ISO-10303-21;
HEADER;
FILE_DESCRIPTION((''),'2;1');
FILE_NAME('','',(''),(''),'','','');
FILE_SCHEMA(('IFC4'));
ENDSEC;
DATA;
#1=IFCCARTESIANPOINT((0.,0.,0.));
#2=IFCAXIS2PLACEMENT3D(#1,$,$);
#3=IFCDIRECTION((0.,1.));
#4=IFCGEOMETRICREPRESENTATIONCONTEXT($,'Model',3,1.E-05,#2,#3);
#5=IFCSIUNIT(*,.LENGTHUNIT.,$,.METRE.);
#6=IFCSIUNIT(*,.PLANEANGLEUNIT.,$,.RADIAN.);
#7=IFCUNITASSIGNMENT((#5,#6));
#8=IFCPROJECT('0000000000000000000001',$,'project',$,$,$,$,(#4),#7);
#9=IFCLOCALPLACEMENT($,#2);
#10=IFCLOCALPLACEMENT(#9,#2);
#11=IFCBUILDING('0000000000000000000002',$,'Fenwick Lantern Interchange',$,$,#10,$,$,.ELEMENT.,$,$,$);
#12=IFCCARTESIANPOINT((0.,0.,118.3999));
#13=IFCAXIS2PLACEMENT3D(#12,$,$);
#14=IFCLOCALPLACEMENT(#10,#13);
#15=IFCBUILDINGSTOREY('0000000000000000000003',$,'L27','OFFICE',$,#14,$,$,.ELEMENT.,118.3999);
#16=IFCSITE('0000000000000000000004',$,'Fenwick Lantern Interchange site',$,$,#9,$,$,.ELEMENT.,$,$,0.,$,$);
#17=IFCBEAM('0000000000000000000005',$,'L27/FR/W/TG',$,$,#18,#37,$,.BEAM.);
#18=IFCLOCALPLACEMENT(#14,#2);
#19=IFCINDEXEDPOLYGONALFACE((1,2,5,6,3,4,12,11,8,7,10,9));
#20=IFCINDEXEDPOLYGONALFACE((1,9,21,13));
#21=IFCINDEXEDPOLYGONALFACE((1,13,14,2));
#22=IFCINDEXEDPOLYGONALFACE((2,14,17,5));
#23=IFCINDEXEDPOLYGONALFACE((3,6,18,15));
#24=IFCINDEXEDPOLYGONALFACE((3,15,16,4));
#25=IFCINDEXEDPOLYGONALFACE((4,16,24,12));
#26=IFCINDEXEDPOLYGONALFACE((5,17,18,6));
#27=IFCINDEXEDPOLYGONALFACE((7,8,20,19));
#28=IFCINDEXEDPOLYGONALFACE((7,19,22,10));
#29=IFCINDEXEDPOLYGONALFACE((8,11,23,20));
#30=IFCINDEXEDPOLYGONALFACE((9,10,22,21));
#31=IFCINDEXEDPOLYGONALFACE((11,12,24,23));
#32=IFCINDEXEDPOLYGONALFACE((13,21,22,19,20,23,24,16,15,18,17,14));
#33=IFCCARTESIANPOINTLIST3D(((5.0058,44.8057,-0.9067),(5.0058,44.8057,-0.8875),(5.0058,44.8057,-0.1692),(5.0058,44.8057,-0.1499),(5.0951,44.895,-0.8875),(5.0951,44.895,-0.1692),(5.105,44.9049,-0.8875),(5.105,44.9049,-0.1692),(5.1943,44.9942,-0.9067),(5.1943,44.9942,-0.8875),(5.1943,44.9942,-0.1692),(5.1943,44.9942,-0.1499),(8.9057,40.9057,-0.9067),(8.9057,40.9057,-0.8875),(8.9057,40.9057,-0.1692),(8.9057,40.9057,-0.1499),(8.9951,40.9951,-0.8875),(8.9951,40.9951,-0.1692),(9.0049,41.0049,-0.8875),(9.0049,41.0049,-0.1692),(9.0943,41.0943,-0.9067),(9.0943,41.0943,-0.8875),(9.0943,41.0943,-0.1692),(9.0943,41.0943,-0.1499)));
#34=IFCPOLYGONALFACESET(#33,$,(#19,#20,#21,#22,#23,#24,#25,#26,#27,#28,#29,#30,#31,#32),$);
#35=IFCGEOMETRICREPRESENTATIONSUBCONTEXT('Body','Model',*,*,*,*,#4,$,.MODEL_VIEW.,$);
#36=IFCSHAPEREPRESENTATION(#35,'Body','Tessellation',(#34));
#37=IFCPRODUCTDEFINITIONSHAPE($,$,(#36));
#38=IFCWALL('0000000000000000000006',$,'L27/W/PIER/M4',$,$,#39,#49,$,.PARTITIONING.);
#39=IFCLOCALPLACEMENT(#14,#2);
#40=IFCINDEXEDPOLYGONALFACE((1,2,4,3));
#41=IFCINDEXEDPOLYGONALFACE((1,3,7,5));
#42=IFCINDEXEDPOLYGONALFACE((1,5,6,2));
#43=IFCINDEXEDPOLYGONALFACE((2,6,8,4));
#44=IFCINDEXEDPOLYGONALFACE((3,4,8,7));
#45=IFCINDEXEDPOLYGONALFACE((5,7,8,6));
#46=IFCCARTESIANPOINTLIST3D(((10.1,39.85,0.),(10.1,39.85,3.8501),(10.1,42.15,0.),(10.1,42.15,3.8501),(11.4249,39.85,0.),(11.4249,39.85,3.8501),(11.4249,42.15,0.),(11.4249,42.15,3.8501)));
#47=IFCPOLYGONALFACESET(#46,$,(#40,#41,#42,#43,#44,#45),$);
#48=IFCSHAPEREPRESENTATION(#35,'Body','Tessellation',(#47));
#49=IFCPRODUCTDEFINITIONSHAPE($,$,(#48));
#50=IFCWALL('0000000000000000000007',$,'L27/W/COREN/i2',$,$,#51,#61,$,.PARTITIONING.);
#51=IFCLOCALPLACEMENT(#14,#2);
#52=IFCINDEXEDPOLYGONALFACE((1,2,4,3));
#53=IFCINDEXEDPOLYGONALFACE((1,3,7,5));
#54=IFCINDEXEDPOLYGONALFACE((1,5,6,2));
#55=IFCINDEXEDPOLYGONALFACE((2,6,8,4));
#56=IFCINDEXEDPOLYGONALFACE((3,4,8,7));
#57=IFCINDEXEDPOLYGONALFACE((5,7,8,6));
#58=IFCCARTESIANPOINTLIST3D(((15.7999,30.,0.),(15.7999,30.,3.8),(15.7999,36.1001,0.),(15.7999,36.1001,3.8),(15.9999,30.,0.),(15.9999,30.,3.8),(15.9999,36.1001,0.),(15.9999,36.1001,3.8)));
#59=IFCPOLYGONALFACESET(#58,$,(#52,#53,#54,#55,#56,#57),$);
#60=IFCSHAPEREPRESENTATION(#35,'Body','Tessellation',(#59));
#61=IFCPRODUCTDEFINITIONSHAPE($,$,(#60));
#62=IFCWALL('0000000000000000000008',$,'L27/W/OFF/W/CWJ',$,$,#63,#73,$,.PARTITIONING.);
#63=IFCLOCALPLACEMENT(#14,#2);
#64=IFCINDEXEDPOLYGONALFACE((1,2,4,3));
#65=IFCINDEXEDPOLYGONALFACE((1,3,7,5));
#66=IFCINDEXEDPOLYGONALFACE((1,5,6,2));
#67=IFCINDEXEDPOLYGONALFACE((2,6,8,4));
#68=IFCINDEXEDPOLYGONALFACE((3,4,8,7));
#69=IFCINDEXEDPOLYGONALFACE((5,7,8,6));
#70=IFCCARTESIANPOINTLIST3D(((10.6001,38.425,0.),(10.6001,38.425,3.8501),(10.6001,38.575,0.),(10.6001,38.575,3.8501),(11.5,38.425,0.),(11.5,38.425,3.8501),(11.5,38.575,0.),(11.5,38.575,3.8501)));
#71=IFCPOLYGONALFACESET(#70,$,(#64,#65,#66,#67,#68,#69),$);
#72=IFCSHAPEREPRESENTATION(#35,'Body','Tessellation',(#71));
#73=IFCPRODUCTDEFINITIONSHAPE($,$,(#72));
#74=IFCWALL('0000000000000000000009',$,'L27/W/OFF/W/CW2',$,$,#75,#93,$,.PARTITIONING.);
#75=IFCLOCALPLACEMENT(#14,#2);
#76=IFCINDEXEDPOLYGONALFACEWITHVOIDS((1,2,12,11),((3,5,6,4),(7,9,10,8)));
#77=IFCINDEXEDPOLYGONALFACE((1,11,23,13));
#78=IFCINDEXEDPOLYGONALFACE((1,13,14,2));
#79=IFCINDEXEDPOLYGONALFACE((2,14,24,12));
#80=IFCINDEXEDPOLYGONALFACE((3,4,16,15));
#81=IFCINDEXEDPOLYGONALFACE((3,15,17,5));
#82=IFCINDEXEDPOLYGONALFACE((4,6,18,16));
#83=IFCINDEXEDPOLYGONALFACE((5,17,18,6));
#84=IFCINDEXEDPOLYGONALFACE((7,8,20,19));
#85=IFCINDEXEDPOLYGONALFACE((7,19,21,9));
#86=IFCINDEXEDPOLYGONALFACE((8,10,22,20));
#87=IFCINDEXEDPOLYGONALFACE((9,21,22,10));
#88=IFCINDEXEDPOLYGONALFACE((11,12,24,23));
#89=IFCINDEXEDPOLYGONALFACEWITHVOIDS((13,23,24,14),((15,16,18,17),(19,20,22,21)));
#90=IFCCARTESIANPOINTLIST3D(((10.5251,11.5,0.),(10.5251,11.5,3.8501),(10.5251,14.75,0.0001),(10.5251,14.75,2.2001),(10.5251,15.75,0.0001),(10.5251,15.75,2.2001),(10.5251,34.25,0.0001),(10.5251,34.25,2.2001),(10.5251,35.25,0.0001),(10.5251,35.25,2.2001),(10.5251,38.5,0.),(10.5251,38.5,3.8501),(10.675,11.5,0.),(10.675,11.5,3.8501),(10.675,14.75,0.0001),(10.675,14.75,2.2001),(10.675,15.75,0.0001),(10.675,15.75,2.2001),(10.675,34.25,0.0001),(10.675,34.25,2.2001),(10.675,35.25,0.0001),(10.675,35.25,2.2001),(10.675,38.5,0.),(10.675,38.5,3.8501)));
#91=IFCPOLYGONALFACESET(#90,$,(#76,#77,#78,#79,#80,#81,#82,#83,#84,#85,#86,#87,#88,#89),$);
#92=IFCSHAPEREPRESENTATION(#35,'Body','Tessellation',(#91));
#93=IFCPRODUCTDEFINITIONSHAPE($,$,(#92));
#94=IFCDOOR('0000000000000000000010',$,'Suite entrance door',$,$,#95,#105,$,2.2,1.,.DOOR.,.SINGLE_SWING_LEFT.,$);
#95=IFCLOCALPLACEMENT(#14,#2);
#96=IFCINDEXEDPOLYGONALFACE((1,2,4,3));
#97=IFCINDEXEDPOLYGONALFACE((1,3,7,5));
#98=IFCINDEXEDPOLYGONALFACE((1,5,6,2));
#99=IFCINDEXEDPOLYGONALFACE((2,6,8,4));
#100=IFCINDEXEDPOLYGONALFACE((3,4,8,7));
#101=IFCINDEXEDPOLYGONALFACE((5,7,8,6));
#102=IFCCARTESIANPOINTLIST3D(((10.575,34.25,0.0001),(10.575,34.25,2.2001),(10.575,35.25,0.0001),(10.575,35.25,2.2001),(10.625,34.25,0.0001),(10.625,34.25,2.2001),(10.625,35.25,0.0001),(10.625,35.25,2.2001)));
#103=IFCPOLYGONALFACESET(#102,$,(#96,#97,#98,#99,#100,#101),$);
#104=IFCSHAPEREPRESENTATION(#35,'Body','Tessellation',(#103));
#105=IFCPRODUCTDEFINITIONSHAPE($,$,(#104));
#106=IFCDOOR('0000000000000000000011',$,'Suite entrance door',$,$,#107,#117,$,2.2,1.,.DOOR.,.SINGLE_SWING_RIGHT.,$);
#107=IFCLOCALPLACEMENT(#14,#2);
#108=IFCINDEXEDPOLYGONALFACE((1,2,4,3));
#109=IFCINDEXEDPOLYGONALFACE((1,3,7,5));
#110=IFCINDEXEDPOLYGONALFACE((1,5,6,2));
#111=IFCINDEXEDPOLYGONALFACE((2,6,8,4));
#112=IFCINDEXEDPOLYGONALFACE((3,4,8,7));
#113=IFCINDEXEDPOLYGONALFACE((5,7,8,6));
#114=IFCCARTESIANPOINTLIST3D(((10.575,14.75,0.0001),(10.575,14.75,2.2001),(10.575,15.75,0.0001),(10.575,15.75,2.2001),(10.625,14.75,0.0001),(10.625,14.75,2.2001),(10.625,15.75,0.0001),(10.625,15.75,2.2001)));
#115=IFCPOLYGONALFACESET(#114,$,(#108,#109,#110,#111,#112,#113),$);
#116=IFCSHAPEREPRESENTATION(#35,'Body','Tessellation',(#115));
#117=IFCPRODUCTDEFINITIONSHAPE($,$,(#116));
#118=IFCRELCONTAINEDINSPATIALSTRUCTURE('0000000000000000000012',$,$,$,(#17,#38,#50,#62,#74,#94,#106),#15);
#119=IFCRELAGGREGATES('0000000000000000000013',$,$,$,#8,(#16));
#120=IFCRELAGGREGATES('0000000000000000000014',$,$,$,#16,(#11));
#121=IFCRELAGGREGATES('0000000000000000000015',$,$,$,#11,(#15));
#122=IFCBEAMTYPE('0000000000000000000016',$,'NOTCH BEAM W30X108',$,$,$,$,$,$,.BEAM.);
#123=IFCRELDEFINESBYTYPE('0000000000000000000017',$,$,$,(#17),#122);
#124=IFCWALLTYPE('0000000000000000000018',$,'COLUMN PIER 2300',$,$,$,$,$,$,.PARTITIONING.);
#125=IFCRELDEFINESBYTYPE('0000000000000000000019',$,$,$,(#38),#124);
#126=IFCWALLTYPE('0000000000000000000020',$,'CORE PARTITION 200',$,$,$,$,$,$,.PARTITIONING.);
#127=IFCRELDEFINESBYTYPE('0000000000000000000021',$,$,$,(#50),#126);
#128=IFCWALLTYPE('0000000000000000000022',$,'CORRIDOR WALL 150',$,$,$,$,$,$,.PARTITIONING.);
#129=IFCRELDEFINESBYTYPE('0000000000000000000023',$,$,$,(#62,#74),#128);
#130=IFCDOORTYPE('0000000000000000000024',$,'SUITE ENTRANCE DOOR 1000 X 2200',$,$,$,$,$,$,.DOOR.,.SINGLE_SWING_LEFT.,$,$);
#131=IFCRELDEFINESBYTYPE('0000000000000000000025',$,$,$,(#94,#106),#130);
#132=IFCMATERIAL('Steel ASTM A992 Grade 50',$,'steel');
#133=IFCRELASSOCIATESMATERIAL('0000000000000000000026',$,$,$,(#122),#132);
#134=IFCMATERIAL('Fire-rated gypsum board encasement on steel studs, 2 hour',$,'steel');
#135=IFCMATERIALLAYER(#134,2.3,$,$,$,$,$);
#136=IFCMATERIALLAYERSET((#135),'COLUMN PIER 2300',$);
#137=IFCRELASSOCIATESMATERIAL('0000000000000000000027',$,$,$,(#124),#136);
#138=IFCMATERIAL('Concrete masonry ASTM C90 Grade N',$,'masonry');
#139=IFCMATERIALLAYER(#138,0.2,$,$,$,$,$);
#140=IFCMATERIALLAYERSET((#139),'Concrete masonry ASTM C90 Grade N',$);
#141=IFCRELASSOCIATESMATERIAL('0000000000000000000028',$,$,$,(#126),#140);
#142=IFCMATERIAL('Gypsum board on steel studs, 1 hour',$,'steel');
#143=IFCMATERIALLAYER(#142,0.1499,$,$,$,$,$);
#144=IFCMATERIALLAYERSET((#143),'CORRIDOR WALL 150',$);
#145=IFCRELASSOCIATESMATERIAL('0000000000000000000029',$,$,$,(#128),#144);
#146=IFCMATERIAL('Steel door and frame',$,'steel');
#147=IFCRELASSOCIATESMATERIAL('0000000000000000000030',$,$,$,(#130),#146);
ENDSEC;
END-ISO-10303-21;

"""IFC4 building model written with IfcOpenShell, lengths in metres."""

from ifc_helpers import new_model, si_unit, direction, frame, frame_2d, origin, origin_2d, place, context, subcontext, project, spatial, rectangle, i_section, extrude, material, layer, layer_set, material_profile, profile_set, type_object, element, fill, save


model = new_model("IFC4")

# Units and contexts
model_context = context("Model", 3, precision=1e-05, world=origin(), true_north=direction((0.0, 1.0)))
body_context = subcontext(model_context, "Body", "Model", "MODEL_VIEW")
ifc_project = project(units=[si_unit("LENGTHUNIT", "METRE"), si_unit("PLANEANGLEUNIT", "RADIAN")], contexts=[model_context])

# Site, building, storey
site_placement = place(None, origin())
site = spatial("IfcSite", under=ifc_project, at=site_placement, Name="Fenwick Lantern Interchange site", CompositionType="ELEMENT", RefElevation=0.0)
building_placement = place(site_placement, origin())
building = spatial("IfcBuilding", under=site, at=building_placement, Name="Fenwick Lantern Interchange", CompositionType="ELEMENT")
storey_placement = place(building_placement, frame((0.0, 0.0, 118.3999)))
storey = spatial("IfcBuildingStorey", under=building, at=storey_placement, Name="L27", Description="OFFICE", CompositionType="ELEMENT", Elevation=118.3999)

# Beam
ifc_material_1 = material(Name="Steel ASTM A992 Grade 50", Category="steel")
ifc_material_profile_1 = material_profile(ifc_material_1, i_section(OverallWidth=0.2666, OverallDepth=0.7568, WebThickness=0.0139, FlangeThickness=0.0193, at=origin_2d()), Name="W30X108")
ifc_profile_set_1 = profile_set([ifc_material_profile_1], Name="Steel ASTM A992 Grade 50")
beam_type_1 = type_object("IfcBeamType", Name="NOTCH BEAM W30X108", PredefinedType="BEAM", material=ifc_profile_set_1)
beam_1_placement = place(storey_placement, frame((9.0, 41.0, -0.5283), z_axis=(-0.707107, 0.707107, 0.0), x_axis=(-0.707107, -0.707107, 0.0)))
element("IfcBeam", 1, at=beam_1_placement, inside=storey, type_object=beam_type_1, Name="L27/FR/W/TG", PredefinedType="BEAM", context=body_context, shape_type="SweptSolid", body=[
    extrude(i_section(OverallWidth=0.2666, OverallDepth=0.7568, WebThickness=0.0139, FlangeThickness=0.0193, at=origin_2d()), origin(), (0.0, 0.0, 1.0), 5.5154),
])

# Walls
ifc_material_2 = material(Name="Fire-rated gypsum board encasement on steel studs, 2 hour", Category="steel")
ifc_layer_1 = layer(ifc_material_2, 2.3)
ifc_layer_set_1 = layer_set([ifc_layer_1], Name="COLUMN PIER 2300")
wall_type_1 = type_object("IfcWallType", Name="COLUMN PIER 2300", PredefinedType="PARTITIONING", material=ifc_layer_set_1)
wall_1_placement = place(storey_placement, frame((11.425, 41.0, 0.0), z_axis=(0.0, 0.0, 1.0), x_axis=(-1.0, 0.0, 0.0)))
element("IfcWall", 2, at=wall_1_placement, inside=storey, type_object=wall_type_1, Name="L27/W/PIER/M4", PredefinedType="PARTITIONING", context=body_context, shape_type="SweptSolid", body=[
    extrude(rectangle(XDim=1.325, YDim=2.3, at=frame_2d((0.6626, 0.0))), origin(), (0.0, 0.0, 1.0), 3.8501),
])
ifc_material_3 = material(Name="Concrete masonry ASTM C90 Grade N", Category="masonry")
ifc_layer_2 = layer(ifc_material_3, 0.2)
ifc_layer_set_2 = layer_set([ifc_layer_2], Name="Concrete masonry ASTM C90 Grade N")
wall_type_2 = type_object("IfcWallType", Name="CORE PARTITION 200", PredefinedType="PARTITIONING", material=ifc_layer_set_2)
wall_2_placement = place(storey_placement, frame((15.8999, 36.1001, 0.0), z_axis=(0.0, 0.0, 1.0), x_axis=(0.0, -1.0, 0.0)))
element("IfcWall", 3, at=wall_2_placement, inside=storey, type_object=wall_type_2, Name="L27/W/COREN/i2", PredefinedType="PARTITIONING", context=body_context, shape_type="SweptSolid", body=[
    extrude(rectangle(XDim=6.1001, YDim=0.2, at=frame_2d((3.05, 0.0))), origin(), (0.0, 0.0, 1.0), 3.8),
])

# Shared definitions
ifc_material_4 = material(Name="Steel door and frame", Category="steel")

# Wall
ifc_material_5 = material(Name="Gypsum board on steel studs, 1 hour", Category="steel")
ifc_layer_3 = layer(ifc_material_5, 0.1499)
ifc_layer_set_3 = layer_set([ifc_layer_3], Name="CORRIDOR WALL 150")
wall_type_3 = type_object("IfcWallType", Name="CORRIDOR WALL 150", PredefinedType="PARTITIONING", material=ifc_layer_set_3)
wall_3_placement = place(storey_placement, frame((11.5, 38.5, 0.0), z_axis=(0.0, 0.0, 1.0), x_axis=(-1.0, 0.0, 0.0)))
element("IfcWall", 4, at=wall_3_placement, inside=storey, type_object=wall_type_3, Name="L27/W/OFF/W/CWJ", PredefinedType="PARTITIONING", context=body_context, shape_type="SweptSolid", body=[
    extrude(rectangle(XDim=0.8999, YDim=0.1499, at=frame_2d((0.45, 0.0))), origin(), (0.0, 0.0, 1.0), 3.8501),
])

# Wall, openings, doors
wall_4_placement = place(storey_placement, frame((10.6001, 38.5, 0.0), z_axis=(0.0, 0.0, 1.0), x_axis=(0.0, -1.0, 0.0)))
wall_4 = element("IfcWall", 5, at=wall_4_placement, inside=storey, type_object=wall_type_3, Name="L27/W/OFF/W/CW2", PredefinedType="PARTITIONING", context=body_context, shape_type="SweptSolid", body=[
    extrude(rectangle(XDim=27.0, YDim=0.1499, at=frame_2d((13.5, 0.0))), origin(), (0.0, 0.0, 1.0), 3.8501),
])
opening_1_placement = place(wall_4_placement, frame((3.25, 0.0, 0.0)))
opening_1 = element("IfcOpeningElement", 6, at=opening_1_placement, cuts=wall_4, PredefinedType="OPENING", context=body_context, shape_type="SweptSolid", body=[
    extrude(rectangle(XDim=1.0, YDim=2.2, at=frame_2d((0.5, 1.1001))), frame((0.0, 0.085, 0.0), z_axis=(0.0, -1.0, 0.0), x_axis=(1.0, 0.0, 0.0)), (0.0, 0.0, 1.0), 0.1699),
])
opening_2_placement = place(wall_4_placement, frame((22.75, 0.0, 0.0)))
opening_2 = element("IfcOpeningElement", 7, at=opening_2_placement, cuts=wall_4, PredefinedType="OPENING", context=body_context, shape_type="SweptSolid", body=[
    extrude(rectangle(XDim=1.0, YDim=2.2, at=frame_2d((0.5, 1.1001))), frame((0.0, 0.085, 0.0), z_axis=(0.0, -1.0, 0.0), x_axis=(1.0, 0.0, 0.0)), (0.0, 0.0, 1.0), 0.1699),
])
door_type_1 = type_object("IfcDoorType", Name="SUITE ENTRANCE DOOR 1000 X 2200", OperationType="SINGLE_SWING_LEFT", PredefinedType="DOOR", material=ifc_material_4)
door_1_placement = place(opening_1_placement, origin())
door_1 = element("IfcDoor", 8, at=door_1_placement, inside=storey, type_object=door_type_1, Name="Suite entrance door", OperationType="SINGLE_SWING_LEFT", OverallHeight=2.2, OverallWidth=1.0, PredefinedType="DOOR", context=body_context, shape_type="SweptSolid", body=[
    extrude(rectangle(XDim=1.0, YDim=2.2, at=frame_2d((0.5, 1.1001))), frame((0.0, 0.0249, 0.0), z_axis=(0.0, -1.0, 0.0), x_axis=(1.0, 0.0, 0.0)), (0.0, 0.0, 1.0), 0.05),
])
fill(opening_1, door_1)
door_2_placement = place(opening_2_placement, origin())
door_2 = element("IfcDoor", 9, at=door_2_placement, inside=storey, type_object=door_type_1, Name="Suite entrance door", OperationType="SINGLE_SWING_RIGHT", OverallHeight=2.2, OverallWidth=1.0, PredefinedType="DOOR", context=body_context, shape_type="SweptSolid", body=[
    extrude(rectangle(XDim=1.0, YDim=2.2, at=frame_2d((0.5, 1.1001))), frame((0.0, 0.0249, 0.0), z_axis=(0.0, -1.0, 0.0), x_axis=(1.0, 0.0, 0.0)), (0.0, 0.0, 1.0), 0.05),
])
fill(opening_2, door_2)

save(model, "model.ifc")
